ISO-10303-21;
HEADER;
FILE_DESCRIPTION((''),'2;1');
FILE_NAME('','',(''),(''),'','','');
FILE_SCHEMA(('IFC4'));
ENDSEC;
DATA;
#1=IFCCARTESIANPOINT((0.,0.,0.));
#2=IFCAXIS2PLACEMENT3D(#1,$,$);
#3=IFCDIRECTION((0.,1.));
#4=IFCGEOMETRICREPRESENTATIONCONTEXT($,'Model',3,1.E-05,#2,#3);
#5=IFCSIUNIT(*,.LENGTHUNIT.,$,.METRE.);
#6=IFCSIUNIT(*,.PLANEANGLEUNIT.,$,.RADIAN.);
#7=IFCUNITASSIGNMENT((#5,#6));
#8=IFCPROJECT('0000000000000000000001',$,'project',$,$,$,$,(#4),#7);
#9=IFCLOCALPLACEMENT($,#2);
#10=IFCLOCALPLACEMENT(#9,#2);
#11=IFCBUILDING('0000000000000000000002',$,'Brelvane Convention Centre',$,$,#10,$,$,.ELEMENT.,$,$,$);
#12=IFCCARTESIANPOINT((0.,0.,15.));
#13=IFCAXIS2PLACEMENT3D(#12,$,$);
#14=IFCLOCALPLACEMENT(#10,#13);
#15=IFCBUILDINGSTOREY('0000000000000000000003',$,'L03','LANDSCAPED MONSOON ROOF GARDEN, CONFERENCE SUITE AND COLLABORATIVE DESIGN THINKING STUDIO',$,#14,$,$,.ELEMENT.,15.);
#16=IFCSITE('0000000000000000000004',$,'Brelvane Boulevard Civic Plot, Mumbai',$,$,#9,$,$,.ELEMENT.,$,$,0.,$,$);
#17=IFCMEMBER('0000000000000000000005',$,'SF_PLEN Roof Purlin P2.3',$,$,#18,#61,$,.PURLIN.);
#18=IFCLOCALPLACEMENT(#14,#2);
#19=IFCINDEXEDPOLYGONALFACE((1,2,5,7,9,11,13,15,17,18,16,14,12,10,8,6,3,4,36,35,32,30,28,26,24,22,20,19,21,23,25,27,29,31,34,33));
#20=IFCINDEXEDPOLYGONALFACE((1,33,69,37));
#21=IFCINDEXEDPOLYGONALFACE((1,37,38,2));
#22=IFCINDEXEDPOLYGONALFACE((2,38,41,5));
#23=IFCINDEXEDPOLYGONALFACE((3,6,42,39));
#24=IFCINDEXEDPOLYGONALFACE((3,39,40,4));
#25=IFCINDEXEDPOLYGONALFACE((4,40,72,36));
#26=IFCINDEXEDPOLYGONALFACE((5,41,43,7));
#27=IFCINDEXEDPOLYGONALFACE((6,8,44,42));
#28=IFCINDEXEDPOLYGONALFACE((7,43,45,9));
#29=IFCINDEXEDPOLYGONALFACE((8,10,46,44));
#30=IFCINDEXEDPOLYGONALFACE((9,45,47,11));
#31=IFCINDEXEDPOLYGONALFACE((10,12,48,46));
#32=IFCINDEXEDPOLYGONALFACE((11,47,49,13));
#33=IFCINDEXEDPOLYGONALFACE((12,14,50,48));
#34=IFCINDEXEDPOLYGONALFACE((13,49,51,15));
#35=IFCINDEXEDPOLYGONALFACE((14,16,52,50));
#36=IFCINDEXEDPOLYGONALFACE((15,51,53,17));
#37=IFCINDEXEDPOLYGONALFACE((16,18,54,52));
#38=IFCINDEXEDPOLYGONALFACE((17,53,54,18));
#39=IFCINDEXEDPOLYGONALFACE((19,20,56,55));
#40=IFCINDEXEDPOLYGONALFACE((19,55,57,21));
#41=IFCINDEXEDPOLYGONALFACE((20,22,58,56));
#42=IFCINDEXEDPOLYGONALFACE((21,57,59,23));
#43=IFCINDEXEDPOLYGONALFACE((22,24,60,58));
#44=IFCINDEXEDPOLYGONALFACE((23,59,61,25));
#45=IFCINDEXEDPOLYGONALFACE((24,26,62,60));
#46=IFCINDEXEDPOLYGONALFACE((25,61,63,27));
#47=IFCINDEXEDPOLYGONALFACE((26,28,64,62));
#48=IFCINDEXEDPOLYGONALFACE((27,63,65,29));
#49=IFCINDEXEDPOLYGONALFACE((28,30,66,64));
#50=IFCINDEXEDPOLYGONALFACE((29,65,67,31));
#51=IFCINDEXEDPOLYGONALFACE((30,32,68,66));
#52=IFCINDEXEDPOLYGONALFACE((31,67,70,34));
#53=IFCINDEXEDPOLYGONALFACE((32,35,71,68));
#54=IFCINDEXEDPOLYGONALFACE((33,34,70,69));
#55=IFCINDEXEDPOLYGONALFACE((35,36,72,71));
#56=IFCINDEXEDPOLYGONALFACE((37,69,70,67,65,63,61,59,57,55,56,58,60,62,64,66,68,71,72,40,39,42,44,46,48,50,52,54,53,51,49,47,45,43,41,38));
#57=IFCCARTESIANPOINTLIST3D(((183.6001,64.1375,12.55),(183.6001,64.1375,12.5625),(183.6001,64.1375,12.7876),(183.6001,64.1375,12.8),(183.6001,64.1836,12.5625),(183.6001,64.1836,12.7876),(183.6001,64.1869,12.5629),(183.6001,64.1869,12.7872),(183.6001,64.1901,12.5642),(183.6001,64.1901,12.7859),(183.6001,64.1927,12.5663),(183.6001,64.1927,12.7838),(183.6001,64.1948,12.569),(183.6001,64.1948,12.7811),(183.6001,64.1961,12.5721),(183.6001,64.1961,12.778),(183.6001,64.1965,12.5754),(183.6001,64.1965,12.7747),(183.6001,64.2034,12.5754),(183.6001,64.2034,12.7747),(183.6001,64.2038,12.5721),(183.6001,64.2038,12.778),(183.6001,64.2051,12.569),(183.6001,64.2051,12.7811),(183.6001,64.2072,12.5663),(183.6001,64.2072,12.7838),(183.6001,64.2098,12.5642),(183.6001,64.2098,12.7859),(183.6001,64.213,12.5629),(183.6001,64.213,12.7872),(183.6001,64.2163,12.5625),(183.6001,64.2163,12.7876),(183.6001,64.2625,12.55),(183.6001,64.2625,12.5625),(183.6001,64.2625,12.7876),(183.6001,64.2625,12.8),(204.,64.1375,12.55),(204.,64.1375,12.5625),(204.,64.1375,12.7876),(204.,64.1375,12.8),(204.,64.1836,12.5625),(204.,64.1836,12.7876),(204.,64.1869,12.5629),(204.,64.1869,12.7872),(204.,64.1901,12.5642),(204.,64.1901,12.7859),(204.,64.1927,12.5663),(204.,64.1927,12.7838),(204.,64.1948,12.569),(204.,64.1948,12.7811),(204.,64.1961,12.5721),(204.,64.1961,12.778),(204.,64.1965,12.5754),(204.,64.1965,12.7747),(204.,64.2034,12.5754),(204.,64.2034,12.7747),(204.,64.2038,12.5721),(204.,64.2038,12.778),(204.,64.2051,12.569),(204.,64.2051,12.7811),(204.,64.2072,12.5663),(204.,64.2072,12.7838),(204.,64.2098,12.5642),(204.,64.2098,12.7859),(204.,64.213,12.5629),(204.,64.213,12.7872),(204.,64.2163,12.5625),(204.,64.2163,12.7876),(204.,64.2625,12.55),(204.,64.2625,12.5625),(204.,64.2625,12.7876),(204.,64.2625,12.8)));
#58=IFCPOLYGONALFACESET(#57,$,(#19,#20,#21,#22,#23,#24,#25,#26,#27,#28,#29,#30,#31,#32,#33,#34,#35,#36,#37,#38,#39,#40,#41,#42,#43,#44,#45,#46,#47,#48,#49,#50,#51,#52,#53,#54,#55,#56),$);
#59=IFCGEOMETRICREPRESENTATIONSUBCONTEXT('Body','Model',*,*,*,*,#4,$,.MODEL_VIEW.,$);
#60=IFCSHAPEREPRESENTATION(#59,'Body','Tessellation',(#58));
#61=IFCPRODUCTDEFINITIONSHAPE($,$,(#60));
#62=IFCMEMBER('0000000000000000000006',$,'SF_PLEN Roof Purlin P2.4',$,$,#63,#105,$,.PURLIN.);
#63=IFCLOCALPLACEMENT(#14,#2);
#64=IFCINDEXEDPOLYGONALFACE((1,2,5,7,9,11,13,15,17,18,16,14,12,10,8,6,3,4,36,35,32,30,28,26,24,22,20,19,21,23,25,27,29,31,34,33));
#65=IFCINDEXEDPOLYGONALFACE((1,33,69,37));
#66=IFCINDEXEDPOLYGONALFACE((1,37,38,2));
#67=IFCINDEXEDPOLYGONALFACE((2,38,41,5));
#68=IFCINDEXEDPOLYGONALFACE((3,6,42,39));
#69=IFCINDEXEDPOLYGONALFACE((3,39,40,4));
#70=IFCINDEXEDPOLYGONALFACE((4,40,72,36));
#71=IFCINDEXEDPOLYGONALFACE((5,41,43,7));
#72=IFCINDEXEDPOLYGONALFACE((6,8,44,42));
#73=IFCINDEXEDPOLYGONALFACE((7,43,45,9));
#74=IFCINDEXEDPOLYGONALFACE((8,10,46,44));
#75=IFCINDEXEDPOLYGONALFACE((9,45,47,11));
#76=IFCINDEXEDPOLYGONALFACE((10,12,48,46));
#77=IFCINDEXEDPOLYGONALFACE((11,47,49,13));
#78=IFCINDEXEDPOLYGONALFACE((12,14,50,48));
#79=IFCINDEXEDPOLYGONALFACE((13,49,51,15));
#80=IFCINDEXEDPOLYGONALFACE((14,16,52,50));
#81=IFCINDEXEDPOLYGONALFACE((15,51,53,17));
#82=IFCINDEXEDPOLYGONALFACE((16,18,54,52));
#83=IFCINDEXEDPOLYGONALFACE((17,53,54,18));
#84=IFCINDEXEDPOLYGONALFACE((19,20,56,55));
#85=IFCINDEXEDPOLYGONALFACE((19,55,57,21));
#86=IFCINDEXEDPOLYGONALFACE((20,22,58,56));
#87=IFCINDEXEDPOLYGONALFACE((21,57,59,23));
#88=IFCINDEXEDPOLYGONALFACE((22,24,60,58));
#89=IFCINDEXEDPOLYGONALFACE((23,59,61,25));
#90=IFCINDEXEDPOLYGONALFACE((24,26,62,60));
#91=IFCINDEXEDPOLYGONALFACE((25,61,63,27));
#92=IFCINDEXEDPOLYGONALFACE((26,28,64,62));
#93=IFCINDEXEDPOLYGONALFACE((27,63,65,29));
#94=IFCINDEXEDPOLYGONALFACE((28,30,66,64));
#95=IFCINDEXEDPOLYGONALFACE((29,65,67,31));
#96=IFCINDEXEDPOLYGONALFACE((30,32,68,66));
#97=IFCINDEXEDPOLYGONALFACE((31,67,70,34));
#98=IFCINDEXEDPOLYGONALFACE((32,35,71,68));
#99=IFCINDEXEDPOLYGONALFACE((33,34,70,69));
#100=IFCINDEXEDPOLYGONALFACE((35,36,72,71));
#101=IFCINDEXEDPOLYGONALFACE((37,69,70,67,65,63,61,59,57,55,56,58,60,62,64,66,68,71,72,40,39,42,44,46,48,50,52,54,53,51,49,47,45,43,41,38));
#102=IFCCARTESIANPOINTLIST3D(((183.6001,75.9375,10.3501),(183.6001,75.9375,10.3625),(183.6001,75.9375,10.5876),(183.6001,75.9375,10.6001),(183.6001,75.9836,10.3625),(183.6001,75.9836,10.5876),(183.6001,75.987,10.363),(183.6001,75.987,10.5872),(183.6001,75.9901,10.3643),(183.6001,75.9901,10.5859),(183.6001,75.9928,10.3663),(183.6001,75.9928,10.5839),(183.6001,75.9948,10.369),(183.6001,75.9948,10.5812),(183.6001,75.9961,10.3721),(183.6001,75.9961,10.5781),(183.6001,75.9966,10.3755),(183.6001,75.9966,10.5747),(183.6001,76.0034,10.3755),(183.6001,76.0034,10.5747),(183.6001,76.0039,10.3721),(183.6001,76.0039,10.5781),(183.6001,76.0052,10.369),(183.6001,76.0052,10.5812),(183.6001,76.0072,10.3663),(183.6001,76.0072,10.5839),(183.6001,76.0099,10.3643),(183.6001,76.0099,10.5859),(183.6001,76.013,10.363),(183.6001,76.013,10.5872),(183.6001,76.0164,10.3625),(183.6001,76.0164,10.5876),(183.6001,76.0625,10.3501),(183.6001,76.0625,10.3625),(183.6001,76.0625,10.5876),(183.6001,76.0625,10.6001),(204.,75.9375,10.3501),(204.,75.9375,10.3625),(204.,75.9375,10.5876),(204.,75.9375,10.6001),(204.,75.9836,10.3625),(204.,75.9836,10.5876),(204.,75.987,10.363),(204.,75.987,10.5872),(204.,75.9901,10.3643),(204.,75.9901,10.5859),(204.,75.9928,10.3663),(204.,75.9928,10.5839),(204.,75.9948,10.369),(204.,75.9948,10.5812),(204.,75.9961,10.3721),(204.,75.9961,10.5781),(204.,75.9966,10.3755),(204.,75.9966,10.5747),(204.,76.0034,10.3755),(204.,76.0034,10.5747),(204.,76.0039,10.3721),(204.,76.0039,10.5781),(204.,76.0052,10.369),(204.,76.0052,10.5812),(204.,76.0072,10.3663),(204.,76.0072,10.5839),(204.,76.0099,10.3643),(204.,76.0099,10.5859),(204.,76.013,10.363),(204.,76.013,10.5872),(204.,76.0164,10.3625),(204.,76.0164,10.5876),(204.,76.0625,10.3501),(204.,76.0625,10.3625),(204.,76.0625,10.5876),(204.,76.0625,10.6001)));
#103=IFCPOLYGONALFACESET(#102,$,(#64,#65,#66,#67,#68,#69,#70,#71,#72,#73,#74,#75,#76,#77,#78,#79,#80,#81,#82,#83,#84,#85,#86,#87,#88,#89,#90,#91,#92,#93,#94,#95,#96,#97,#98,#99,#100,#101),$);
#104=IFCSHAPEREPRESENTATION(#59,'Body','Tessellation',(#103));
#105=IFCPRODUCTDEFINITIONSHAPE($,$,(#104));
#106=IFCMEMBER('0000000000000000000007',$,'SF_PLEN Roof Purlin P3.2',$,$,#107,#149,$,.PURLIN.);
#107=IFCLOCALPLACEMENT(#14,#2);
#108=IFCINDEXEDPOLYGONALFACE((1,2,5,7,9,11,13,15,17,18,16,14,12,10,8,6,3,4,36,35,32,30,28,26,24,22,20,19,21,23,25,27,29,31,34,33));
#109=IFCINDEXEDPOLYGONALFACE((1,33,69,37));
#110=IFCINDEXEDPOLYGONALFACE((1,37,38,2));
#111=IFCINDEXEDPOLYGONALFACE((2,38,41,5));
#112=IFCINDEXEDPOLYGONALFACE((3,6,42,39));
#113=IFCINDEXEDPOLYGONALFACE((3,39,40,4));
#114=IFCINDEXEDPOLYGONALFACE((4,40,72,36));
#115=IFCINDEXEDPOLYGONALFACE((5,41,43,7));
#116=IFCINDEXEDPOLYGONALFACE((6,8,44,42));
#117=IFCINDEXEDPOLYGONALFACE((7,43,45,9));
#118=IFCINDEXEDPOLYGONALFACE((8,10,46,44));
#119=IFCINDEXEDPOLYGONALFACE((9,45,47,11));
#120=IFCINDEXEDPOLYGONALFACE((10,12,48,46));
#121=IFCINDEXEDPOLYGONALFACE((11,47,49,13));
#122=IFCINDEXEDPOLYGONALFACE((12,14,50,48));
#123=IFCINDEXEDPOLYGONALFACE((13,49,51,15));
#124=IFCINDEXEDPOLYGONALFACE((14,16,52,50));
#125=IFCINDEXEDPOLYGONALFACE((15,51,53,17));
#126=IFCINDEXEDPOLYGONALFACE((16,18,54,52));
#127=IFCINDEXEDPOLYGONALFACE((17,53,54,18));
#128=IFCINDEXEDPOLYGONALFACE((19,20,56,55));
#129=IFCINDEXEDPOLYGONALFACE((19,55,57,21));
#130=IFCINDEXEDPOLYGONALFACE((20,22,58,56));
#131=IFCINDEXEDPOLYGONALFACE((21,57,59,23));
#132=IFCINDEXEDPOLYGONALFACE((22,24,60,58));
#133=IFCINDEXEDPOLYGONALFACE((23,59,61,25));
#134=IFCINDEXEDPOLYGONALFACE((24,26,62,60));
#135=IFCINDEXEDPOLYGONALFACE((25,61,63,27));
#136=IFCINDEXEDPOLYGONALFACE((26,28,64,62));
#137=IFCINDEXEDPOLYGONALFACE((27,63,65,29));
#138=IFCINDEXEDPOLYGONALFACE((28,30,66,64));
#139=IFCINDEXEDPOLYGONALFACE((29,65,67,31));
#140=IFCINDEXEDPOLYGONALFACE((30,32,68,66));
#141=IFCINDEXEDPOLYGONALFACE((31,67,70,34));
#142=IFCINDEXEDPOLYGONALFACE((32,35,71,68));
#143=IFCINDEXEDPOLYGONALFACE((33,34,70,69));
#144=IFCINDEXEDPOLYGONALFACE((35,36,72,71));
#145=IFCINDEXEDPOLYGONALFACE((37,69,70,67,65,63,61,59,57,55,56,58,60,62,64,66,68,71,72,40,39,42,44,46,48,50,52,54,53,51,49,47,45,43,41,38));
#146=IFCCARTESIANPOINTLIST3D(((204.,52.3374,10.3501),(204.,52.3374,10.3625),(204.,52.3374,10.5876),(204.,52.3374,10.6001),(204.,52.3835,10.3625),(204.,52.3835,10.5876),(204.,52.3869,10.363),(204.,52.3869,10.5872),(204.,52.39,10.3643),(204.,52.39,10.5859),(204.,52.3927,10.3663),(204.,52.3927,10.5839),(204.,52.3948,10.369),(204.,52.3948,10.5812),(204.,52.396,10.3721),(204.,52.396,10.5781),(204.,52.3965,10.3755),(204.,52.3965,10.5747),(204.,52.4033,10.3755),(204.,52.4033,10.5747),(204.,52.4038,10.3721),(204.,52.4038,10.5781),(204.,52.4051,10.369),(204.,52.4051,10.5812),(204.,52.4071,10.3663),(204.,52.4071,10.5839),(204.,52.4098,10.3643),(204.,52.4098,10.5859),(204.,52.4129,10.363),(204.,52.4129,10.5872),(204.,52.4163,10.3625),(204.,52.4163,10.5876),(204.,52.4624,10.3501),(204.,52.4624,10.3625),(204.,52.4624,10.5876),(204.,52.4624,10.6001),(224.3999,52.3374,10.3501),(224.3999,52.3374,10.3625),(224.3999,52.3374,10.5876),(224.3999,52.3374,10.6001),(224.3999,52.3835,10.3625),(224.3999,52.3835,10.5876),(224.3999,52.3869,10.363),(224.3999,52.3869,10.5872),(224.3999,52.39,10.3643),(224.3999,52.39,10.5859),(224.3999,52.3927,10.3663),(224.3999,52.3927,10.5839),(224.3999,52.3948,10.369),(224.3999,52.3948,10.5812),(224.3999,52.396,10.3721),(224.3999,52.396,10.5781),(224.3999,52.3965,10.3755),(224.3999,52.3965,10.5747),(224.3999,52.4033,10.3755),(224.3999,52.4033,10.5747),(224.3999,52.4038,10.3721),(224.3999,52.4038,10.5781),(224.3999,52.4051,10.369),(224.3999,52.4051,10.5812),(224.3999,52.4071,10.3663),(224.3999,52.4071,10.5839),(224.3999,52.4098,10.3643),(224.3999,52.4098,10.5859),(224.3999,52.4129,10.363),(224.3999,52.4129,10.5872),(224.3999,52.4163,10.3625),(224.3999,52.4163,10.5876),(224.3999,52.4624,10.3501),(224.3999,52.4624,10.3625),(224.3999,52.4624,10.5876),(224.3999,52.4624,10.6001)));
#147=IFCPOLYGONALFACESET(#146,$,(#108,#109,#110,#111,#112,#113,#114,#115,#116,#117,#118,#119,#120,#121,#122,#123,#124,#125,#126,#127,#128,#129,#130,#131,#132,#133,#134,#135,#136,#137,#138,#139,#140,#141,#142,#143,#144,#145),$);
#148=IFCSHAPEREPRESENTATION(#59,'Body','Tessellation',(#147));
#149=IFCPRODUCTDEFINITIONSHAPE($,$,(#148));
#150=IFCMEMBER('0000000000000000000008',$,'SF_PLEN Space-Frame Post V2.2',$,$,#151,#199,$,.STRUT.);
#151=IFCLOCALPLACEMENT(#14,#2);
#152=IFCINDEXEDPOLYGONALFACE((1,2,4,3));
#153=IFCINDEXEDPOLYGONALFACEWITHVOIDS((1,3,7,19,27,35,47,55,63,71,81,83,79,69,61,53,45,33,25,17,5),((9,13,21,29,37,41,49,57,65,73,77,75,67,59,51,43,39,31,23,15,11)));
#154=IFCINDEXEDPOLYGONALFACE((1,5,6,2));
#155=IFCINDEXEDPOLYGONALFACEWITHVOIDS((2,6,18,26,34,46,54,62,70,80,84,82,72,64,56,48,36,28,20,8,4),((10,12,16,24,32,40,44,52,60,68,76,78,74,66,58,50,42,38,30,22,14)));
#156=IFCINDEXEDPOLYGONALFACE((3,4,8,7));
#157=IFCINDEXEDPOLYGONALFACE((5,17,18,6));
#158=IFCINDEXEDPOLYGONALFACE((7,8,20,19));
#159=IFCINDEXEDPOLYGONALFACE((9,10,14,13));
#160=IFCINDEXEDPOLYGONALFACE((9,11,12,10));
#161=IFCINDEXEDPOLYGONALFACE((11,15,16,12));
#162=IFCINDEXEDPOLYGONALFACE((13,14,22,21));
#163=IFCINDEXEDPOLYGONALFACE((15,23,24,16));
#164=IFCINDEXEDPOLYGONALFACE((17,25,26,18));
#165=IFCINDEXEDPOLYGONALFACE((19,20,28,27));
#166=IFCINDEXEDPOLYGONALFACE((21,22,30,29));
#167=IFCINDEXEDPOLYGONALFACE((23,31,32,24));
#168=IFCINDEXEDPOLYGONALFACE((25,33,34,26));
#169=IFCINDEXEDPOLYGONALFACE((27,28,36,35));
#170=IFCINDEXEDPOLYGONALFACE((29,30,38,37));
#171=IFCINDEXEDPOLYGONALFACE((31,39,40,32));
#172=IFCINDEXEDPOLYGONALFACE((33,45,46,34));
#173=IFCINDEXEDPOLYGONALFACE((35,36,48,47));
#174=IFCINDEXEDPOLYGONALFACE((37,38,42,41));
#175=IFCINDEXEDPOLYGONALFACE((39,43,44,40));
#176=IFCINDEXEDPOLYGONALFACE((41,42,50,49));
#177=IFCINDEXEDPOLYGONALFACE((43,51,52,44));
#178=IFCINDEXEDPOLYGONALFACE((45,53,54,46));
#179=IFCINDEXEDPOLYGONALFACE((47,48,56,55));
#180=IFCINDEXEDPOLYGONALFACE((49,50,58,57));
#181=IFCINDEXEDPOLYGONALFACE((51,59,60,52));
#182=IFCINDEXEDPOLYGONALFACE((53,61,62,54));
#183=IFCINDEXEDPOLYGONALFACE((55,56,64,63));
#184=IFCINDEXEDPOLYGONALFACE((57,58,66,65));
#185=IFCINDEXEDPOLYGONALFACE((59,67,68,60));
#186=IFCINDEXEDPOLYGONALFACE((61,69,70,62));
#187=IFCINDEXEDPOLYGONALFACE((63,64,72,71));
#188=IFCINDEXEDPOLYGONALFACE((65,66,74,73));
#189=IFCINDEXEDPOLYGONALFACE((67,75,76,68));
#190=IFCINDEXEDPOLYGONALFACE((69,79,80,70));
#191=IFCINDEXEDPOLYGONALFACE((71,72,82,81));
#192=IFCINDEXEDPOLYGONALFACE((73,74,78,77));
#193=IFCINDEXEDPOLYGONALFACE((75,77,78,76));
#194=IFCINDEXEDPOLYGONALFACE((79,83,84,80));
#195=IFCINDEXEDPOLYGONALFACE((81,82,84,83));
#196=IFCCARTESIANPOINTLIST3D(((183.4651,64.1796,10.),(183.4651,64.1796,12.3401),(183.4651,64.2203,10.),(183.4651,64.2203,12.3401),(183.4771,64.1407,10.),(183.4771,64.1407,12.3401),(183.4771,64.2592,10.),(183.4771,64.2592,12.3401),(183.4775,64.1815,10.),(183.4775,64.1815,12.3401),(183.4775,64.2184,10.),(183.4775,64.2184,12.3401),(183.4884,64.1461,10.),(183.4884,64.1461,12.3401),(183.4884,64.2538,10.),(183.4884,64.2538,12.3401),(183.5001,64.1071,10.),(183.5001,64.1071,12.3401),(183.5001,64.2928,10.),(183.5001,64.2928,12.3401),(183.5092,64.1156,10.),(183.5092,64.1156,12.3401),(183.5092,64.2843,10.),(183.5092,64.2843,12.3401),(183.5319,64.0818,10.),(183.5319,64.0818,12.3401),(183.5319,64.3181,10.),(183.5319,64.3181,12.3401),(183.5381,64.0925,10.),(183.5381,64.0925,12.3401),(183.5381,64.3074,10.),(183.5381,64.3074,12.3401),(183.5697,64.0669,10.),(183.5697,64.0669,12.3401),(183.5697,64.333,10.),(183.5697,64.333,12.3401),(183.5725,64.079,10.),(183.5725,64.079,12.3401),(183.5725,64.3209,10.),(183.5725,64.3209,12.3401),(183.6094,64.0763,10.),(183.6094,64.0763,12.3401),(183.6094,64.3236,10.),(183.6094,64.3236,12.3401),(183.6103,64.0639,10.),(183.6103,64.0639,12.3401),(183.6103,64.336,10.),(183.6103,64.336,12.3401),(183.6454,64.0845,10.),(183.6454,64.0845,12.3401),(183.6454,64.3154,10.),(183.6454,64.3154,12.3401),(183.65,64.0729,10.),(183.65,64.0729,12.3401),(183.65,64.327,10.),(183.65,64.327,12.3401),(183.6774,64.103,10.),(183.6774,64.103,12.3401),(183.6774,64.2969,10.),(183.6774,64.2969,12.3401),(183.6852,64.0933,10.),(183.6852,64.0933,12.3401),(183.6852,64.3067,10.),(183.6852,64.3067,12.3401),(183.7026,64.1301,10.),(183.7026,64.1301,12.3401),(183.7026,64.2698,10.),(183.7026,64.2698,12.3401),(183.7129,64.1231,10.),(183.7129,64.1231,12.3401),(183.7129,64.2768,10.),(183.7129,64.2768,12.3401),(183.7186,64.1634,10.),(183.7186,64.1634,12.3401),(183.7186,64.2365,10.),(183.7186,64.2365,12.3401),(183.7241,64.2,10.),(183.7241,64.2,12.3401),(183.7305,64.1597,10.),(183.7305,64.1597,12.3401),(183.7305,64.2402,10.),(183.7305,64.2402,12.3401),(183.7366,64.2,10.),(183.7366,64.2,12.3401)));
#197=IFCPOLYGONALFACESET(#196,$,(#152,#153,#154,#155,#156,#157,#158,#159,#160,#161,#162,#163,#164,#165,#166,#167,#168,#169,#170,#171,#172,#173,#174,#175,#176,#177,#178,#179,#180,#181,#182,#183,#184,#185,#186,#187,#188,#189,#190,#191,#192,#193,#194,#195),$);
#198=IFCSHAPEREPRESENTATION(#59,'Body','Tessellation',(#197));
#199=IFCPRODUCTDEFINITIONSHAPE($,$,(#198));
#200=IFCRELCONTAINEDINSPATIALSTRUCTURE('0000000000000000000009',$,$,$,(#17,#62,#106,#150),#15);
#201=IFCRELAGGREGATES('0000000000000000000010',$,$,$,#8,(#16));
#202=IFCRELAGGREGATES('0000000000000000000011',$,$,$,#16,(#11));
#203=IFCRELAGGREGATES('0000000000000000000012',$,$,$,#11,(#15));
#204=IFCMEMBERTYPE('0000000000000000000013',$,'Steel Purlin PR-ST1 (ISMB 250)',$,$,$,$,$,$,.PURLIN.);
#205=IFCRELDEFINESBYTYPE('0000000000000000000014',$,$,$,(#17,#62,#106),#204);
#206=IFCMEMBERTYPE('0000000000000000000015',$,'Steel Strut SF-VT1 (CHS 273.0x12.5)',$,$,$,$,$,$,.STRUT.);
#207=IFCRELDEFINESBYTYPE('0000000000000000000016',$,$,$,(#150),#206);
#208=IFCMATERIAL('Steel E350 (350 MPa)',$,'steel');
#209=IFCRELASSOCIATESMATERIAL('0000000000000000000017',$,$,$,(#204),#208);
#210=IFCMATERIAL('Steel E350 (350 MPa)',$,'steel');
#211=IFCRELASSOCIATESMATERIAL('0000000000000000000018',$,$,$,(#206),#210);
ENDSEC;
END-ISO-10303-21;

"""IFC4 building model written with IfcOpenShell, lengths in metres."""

from ifc_helpers import new_model, si_unit, direction, frame, origin, origin_2d, place, context, subcontext, project, spatial, hollow_circle, i_section, extrude, material, material_profile, profile_set, type_object, element, save


model = new_model("IFC4")

# Units and contexts
model_context = context("Model", 3, precision=1e-05, world=origin(), true_north=direction((0.0, 1.0)))
body_context = subcontext(model_context, "Body", "Model", "MODEL_VIEW")
ifc_project = project(units=[si_unit("LENGTHUNIT", "METRE"), si_unit("PLANEANGLEUNIT", "RADIAN")], contexts=[model_context])

# Site, building, storey
site_placement = place(None, origin())
site = spatial("IfcSite", under=ifc_project, at=site_placement, Name="Brelvane Boulevard Civic Plot, Mumbai", CompositionType="ELEMENT", RefElevation=0.0)
building_placement = place(site_placement, origin())
building = spatial("IfcBuilding", under=site, at=building_placement, Name="Brelvane Convention Centre", CompositionType="ELEMENT")
storey_placement = place(building_placement, frame((0.0, 0.0, 15.0)))
storey = spatial("IfcBuildingStorey", under=building, at=storey_placement, Name="L03", Description="LANDSCAPED MONSOON ROOF GARDEN, CONFERENCE SUITE AND COLLABORATIVE DESIGN THINKING STUDIO", CompositionType="ELEMENT", Elevation=15.0)

# Members
ifc_material_1 = material(Name="Steel E350 (350 MPa)", Category="steel")
ifc_material_profile_1 = material_profile(ifc_material_1, i_section(OverallWidth=0.125, OverallDepth=0.25, WebThickness=0.0068, FlangeThickness=0.0125, FilletRadius=0.0129, at=origin_2d()), Name="ISMB 250")
ifc_profile_set_1 = profile_set([ifc_material_profile_1], Name="Steel E350 (350 MPa)")
member_type_1 = type_object("IfcMemberType", Name="Steel Purlin PR-ST1 (ISMB 250)", PredefinedType="PURLIN", material=ifc_profile_set_1)
for number, where, z_axis, x_axis, name in (
    (1, (183.6001, 64.2, 12.675), (1.0, 0.0, 0.0), (0.0, 1.0, 0.0), "SF_PLEN Roof Purlin P2.3"),
    (2, (183.6001, 76.0, 10.4751), (1.0, 0.0, 0.0), (0.0, 1.0, 0.0), "SF_PLEN Roof Purlin P2.4"),
    (3, (204.0, 52.3999, 10.4751), (1.0, 0.0, 0.0), (0.0, 1.0, 0.0), "SF_PLEN Roof Purlin P3.2"),
):
    element("IfcMember", number, at=place(storey_placement, frame(where, z_axis=z_axis, x_axis=x_axis)), inside=storey, type_object=member_type_1, Name=name, PredefinedType="PURLIN", context=body_context, shape_type="SweptSolid", body=[
        extrude(i_section(OverallWidth=0.125, OverallDepth=0.25, WebThickness=0.0068, FlangeThickness=0.0125, FilletRadius=0.0129, at=origin_2d()), origin(), (0.0, 0.0, 1.0), 20.3999),
    ])
ifc_material_2 = material(Name="Steel E350 (350 MPa)", Category="steel")
ifc_material_profile_2 = material_profile(ifc_material_2, hollow_circle(Radius=0.1365, WallThickness=0.0125, at=origin_2d()), Name="CHS 273.0x12.5")
ifc_profile_set_2 = profile_set([ifc_material_profile_2], Name="Steel E350 (350 MPa)")
member_type_2 = type_object("IfcMemberType", Name="Steel Strut SF-VT1 (CHS 273.0x12.5)", PredefinedType="STRUT", material=ifc_profile_set_2)
member_1_placement = place(storey_placement, frame((183.6001, 64.2, 10.0), z_axis=(0.0, 0.0, 1.0), x_axis=(1.0, 0.0, 0.0)))
element("IfcMember", 4, at=member_1_placement, inside=storey, type_object=member_type_2, Name="SF_PLEN Space-Frame Post V2.2", PredefinedType="STRUT", context=body_context, shape_type="SweptSolid", body=[
    extrude(hollow_circle(Radius=0.1365, WallThickness=0.0125, at=origin_2d()), origin(), (0.0, 0.0, 1.0), 2.3401),
])

save(model, "model.ifc")
